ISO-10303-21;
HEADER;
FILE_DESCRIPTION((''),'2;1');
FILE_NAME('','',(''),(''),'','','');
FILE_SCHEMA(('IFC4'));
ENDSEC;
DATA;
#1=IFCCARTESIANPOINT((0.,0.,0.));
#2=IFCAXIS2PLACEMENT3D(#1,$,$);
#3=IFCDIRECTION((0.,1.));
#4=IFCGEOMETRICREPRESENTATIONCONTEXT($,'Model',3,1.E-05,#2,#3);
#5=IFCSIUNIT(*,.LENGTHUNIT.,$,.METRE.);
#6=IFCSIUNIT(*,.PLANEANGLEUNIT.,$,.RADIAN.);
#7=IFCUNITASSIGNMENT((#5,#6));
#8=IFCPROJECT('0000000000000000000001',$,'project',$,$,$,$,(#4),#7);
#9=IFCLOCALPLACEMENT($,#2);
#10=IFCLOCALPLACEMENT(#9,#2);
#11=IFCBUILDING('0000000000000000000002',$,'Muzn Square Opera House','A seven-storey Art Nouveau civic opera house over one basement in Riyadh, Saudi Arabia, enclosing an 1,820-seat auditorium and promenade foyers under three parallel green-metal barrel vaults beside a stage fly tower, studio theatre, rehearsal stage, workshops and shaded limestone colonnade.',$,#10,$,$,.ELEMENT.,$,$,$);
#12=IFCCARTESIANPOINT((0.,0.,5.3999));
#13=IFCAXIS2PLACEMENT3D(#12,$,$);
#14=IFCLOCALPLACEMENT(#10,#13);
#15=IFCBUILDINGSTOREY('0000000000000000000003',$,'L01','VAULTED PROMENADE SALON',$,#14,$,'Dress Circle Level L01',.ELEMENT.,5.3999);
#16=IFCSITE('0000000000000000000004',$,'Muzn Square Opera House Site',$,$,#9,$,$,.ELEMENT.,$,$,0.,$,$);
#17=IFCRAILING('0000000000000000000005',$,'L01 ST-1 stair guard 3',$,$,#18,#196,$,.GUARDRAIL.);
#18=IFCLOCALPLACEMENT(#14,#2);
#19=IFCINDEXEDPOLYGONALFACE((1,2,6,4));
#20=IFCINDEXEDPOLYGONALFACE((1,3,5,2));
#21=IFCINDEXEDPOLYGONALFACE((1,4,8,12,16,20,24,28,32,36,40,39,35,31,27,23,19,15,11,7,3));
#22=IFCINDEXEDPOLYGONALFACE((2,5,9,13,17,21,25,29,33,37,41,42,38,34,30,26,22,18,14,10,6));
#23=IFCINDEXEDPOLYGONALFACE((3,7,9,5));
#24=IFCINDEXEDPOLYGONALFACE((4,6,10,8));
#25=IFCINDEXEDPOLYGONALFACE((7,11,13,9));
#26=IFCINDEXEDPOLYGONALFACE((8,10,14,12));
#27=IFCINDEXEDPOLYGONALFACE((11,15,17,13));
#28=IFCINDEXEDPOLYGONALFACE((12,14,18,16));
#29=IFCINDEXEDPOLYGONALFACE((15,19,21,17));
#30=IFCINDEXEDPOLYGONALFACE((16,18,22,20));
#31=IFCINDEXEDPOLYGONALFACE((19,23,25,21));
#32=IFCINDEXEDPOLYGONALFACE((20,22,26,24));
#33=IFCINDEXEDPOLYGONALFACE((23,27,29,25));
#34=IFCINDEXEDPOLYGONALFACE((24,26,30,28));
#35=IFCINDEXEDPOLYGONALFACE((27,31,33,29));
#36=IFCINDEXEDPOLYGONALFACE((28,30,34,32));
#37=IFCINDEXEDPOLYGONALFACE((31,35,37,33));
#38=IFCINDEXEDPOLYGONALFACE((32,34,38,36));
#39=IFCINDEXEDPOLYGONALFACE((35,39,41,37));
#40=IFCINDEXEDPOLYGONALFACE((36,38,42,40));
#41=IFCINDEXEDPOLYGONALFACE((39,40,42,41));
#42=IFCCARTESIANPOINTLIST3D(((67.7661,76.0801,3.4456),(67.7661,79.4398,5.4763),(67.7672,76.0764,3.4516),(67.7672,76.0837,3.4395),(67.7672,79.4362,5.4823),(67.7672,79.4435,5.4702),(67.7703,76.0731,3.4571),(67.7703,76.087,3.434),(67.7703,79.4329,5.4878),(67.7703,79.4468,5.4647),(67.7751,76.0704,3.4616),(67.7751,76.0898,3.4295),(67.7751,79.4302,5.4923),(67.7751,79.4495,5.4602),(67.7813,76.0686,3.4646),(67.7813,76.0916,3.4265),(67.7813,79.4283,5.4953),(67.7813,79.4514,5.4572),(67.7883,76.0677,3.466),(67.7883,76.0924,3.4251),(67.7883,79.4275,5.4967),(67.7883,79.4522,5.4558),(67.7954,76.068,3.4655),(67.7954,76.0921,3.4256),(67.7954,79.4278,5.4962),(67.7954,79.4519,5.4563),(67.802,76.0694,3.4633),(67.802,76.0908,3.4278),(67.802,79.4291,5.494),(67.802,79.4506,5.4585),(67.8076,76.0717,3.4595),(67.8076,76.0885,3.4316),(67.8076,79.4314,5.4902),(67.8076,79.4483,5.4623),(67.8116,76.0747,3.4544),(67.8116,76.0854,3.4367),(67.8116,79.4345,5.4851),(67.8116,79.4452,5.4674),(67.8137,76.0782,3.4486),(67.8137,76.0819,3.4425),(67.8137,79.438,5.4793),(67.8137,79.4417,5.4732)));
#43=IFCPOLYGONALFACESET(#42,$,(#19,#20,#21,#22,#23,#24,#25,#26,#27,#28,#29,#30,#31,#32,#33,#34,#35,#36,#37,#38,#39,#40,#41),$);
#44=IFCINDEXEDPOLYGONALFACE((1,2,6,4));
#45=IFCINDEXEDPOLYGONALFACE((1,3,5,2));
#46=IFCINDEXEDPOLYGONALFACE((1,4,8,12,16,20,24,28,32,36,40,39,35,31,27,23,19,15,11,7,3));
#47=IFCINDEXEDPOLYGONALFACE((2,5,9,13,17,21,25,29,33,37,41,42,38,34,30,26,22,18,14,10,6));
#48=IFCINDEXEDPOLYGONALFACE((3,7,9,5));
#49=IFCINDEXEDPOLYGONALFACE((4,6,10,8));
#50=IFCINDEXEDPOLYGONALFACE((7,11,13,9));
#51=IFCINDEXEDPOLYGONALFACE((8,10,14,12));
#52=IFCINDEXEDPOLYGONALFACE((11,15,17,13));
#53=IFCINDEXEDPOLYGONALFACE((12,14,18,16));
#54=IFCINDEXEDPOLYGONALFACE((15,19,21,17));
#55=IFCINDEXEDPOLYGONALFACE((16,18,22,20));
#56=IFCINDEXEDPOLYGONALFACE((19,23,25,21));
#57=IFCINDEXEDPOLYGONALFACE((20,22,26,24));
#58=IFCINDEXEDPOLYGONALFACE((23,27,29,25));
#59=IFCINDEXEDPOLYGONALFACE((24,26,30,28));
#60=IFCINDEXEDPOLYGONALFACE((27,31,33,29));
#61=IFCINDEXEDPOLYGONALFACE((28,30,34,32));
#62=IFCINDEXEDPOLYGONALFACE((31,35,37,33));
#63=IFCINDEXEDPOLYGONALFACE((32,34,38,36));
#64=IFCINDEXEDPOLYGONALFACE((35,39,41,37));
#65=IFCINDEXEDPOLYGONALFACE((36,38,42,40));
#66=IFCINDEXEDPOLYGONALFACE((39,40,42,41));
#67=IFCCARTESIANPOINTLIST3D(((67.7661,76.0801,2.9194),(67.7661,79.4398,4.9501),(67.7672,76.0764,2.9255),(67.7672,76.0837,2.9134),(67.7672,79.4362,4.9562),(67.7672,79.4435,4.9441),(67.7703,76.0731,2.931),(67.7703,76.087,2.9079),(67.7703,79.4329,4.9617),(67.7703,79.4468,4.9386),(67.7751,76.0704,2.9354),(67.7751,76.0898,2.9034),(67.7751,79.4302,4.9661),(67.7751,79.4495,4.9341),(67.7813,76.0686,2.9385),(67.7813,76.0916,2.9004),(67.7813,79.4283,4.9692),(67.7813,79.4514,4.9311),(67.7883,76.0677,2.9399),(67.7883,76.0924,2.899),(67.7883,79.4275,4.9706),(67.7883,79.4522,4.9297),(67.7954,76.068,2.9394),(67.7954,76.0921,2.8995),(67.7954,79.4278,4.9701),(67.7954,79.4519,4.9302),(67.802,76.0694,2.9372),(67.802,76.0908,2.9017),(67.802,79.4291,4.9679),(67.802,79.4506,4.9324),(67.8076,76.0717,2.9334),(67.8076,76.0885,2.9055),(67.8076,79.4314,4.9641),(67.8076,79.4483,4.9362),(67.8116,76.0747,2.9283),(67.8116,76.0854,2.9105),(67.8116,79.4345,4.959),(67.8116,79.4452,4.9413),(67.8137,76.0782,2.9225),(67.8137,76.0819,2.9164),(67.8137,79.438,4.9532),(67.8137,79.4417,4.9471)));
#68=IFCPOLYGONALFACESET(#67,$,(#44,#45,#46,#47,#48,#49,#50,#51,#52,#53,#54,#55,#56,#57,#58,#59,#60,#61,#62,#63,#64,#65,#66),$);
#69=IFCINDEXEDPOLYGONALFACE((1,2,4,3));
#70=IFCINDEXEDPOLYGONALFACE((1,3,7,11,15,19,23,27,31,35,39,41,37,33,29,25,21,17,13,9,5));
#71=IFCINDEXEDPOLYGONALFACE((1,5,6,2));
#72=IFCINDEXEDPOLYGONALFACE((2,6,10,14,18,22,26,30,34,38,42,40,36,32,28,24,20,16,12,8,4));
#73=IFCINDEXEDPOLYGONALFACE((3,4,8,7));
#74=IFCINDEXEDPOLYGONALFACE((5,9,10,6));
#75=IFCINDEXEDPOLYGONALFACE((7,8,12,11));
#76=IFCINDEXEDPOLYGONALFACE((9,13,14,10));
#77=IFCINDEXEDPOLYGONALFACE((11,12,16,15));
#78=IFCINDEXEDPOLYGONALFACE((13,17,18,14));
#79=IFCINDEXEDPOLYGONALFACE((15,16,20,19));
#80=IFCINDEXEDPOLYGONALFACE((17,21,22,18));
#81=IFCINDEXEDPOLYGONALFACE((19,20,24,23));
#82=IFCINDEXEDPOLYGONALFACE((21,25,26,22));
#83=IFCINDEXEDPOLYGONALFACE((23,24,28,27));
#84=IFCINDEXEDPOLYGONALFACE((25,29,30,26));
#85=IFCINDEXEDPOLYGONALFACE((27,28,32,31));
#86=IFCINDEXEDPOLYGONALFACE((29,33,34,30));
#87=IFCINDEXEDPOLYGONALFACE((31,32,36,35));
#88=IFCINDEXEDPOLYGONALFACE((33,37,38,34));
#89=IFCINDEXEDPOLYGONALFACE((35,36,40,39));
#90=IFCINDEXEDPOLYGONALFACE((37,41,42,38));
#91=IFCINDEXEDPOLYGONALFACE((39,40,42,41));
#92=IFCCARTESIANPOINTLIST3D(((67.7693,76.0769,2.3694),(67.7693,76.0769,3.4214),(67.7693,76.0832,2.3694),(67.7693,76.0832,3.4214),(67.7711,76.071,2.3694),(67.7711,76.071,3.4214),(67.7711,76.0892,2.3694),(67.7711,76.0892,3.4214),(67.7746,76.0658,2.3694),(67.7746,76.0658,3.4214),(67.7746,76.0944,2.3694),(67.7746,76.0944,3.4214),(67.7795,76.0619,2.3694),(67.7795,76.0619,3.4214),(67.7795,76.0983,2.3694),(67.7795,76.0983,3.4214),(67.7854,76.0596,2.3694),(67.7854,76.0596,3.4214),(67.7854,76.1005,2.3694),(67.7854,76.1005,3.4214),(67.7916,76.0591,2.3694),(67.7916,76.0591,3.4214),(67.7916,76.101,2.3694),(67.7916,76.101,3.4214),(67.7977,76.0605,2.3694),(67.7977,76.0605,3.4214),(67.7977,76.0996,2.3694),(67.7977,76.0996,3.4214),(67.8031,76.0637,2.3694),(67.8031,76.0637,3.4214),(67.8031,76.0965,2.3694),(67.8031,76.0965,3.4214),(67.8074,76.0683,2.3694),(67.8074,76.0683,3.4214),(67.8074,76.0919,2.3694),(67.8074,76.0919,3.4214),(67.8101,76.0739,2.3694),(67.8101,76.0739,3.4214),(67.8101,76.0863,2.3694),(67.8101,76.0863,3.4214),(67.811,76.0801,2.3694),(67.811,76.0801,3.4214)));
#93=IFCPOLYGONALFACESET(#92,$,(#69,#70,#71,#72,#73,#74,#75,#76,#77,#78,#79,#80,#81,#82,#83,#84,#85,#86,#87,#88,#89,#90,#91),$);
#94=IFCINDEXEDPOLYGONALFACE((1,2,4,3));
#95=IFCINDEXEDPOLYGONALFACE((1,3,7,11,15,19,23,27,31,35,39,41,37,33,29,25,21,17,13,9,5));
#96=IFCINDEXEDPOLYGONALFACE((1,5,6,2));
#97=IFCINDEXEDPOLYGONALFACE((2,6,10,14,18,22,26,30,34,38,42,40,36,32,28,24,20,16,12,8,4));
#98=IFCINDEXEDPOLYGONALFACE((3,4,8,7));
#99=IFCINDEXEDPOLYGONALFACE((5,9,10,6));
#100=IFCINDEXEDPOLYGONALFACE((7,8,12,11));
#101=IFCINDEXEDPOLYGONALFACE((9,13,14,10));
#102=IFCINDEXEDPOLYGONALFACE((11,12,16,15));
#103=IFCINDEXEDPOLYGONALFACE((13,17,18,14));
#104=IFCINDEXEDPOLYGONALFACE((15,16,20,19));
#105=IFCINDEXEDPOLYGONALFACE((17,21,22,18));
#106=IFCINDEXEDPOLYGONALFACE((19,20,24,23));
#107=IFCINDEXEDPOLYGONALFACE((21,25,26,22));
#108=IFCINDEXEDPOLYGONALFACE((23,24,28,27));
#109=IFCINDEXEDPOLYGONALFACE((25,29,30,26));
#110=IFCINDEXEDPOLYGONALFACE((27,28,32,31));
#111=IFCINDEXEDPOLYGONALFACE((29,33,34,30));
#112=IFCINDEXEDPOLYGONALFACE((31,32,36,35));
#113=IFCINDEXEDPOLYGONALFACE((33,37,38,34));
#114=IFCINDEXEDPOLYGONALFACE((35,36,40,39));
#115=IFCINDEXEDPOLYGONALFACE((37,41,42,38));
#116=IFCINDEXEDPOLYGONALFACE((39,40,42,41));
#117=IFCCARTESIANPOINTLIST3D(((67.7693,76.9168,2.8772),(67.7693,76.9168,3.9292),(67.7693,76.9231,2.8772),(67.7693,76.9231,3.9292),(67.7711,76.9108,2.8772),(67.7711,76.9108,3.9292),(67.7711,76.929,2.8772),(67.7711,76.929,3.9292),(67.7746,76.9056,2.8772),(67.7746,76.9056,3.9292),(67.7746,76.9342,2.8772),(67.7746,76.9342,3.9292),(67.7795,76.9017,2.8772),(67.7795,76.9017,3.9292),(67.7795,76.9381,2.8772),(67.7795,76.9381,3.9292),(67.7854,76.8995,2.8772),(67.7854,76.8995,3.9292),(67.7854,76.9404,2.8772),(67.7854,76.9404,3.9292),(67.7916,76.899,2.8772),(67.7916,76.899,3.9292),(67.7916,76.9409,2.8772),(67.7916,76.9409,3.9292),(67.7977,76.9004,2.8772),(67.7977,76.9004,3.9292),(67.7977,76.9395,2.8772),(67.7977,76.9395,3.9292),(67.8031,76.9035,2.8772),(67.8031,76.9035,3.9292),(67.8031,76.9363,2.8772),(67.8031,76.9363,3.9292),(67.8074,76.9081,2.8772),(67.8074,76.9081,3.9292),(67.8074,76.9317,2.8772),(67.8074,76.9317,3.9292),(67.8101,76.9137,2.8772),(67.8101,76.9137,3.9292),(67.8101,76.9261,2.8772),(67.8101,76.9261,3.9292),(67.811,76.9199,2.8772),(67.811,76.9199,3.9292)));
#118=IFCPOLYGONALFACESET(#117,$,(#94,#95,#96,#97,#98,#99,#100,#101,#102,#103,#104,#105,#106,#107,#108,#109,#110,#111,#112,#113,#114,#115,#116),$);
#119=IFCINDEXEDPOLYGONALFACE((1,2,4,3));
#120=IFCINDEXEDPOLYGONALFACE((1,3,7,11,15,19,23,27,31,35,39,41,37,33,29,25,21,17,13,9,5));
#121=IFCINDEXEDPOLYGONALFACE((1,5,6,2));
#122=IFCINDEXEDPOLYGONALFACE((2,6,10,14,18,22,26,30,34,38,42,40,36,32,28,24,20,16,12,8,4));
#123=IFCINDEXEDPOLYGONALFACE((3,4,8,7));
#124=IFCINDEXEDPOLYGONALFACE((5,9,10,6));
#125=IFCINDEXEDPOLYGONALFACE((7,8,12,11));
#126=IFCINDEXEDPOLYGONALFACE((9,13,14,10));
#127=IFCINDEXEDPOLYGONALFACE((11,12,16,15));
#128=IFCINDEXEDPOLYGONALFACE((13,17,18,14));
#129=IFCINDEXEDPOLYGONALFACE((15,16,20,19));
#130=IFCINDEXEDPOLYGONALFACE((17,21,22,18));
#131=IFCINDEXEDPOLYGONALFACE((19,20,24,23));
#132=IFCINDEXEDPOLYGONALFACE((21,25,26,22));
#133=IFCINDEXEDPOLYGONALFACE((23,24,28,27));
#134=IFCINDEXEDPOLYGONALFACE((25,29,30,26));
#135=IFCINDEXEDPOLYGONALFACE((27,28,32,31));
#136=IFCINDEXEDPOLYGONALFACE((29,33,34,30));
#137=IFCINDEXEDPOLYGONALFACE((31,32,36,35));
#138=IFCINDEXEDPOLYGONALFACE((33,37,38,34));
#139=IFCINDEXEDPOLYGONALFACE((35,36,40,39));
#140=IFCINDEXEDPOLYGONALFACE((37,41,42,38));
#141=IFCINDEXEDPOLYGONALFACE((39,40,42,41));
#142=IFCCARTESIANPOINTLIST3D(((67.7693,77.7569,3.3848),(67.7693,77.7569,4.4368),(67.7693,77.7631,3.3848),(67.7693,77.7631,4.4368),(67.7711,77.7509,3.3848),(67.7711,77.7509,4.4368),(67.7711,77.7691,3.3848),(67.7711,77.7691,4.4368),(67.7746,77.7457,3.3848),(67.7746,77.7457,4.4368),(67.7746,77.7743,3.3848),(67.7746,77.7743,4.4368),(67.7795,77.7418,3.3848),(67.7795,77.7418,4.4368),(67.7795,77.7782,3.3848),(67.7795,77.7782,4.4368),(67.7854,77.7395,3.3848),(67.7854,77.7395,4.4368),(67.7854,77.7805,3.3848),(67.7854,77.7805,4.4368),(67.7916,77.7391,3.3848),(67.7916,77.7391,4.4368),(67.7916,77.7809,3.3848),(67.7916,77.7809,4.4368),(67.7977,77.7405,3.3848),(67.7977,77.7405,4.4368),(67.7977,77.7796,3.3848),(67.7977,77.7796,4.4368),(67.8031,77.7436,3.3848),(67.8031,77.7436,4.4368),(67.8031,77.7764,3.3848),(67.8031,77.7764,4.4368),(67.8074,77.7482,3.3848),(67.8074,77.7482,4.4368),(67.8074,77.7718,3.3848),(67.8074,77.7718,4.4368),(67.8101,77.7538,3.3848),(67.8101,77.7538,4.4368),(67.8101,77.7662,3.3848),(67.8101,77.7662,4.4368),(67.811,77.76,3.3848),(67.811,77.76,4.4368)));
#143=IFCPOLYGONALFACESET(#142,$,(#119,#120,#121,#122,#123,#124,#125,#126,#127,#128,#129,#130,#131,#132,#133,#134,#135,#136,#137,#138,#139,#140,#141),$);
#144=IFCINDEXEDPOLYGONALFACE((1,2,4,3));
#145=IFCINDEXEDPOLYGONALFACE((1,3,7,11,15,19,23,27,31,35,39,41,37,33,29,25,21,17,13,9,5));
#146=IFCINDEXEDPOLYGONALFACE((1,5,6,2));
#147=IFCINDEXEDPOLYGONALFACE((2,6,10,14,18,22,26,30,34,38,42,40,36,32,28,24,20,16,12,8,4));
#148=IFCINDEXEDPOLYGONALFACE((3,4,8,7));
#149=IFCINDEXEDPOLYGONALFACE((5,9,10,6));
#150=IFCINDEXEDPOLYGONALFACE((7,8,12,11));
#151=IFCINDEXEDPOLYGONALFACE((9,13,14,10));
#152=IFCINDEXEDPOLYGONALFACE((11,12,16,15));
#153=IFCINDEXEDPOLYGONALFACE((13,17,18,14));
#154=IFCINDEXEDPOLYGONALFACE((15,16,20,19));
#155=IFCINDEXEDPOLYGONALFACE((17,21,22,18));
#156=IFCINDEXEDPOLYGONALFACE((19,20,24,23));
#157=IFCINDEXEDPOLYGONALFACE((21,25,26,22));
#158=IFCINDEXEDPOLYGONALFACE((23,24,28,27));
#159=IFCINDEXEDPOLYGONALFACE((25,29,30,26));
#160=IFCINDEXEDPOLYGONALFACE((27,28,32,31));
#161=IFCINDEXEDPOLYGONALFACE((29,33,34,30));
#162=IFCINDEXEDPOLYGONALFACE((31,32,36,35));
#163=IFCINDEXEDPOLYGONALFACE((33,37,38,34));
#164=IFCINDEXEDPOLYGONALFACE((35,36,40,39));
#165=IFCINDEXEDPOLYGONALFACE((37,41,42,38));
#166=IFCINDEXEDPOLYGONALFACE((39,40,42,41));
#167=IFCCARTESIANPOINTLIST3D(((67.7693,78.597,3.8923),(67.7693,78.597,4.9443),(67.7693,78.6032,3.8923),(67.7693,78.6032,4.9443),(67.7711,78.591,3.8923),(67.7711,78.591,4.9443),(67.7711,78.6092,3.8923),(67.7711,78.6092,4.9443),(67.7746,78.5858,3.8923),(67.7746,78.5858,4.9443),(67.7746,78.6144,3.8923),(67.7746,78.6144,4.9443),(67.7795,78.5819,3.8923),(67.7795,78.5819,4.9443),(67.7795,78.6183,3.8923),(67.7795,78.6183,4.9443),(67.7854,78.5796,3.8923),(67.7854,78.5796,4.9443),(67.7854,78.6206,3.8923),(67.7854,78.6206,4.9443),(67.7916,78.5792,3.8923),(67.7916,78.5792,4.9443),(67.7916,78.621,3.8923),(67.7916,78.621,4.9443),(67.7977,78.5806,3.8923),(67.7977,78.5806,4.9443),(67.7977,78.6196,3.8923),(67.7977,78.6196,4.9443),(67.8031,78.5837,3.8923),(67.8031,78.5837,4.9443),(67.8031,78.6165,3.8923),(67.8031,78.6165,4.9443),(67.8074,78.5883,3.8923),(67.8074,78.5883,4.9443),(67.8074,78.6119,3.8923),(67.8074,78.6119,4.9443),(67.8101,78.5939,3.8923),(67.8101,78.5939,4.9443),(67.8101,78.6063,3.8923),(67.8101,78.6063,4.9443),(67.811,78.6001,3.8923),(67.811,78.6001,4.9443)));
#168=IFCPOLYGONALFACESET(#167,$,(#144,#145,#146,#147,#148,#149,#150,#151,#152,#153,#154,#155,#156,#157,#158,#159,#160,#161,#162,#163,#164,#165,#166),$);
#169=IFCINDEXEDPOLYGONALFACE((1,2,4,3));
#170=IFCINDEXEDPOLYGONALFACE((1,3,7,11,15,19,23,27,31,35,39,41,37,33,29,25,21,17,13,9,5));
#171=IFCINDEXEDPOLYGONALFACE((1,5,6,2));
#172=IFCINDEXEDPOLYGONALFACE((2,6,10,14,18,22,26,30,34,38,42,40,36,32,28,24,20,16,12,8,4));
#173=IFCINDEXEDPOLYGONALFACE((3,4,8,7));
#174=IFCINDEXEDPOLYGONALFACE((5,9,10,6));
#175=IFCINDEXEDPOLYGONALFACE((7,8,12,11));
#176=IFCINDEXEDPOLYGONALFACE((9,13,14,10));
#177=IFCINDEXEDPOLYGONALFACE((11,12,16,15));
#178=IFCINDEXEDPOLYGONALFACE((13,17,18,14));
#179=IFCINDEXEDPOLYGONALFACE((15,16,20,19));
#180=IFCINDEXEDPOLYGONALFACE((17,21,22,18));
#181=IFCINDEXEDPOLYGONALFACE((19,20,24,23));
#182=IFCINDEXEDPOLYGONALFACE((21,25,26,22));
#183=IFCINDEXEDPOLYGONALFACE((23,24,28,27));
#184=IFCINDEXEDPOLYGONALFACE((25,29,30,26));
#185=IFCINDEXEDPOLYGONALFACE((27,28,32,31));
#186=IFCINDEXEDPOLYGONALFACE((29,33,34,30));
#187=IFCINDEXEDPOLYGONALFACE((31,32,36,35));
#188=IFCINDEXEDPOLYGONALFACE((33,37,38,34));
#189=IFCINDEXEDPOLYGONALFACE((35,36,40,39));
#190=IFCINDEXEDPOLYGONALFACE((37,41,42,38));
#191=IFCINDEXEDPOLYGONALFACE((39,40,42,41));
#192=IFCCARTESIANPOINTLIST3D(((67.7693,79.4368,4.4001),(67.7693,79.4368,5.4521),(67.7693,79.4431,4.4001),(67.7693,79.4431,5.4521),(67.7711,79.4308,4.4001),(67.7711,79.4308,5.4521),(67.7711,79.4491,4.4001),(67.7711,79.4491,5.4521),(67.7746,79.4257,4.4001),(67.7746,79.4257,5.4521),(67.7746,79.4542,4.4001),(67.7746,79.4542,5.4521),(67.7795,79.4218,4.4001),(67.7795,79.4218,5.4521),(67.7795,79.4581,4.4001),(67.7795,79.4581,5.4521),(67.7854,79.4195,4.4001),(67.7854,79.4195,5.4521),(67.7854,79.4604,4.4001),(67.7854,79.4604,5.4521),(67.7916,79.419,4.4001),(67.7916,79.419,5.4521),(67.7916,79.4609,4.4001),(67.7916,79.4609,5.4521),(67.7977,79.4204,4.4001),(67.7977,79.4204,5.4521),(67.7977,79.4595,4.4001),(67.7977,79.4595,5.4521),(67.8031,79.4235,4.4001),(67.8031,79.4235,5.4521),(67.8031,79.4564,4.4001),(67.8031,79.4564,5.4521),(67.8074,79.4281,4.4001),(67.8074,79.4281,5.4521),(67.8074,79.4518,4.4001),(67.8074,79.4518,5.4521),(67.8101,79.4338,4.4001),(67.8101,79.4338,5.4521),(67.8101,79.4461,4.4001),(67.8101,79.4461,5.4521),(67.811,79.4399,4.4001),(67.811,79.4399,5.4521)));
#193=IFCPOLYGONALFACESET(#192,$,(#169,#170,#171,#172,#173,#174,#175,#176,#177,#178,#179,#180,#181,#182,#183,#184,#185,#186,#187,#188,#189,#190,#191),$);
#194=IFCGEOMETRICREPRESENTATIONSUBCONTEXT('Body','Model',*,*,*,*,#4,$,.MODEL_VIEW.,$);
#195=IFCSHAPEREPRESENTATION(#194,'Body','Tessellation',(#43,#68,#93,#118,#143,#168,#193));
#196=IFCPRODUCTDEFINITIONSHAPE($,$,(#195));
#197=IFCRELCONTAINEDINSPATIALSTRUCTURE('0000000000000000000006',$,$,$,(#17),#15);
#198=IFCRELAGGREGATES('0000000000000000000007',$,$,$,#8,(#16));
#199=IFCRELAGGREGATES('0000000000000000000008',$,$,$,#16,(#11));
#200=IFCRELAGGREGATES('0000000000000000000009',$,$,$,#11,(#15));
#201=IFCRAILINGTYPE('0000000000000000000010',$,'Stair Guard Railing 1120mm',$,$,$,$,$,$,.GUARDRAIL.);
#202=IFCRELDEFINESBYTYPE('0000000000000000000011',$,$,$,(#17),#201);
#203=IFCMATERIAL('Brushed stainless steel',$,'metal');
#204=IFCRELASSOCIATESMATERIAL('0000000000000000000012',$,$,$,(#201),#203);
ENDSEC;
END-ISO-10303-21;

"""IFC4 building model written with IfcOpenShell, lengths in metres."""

from ifc_helpers import new_model, si_unit, direction, frame, origin, origin_2d, place, context, subcontext, project, spatial, circle, extrude, material, type_object, element, save


model = new_model("IFC4")

# Units and contexts
model_context = context("Model", 3, precision=1e-05, world=origin(), true_north=direction((0.0, 1.0)))
body_context = subcontext(model_context, "Body", "Model", "MODEL_VIEW")
ifc_project = project(units=[si_unit("LENGTHUNIT", "METRE"), si_unit("PLANEANGLEUNIT", "RADIAN")], contexts=[model_context])

# Site, building, storey
site_placement = place(None, origin())
site = spatial("IfcSite", under=ifc_project, at=site_placement, Name="Muzn Square Opera House Site", CompositionType="ELEMENT", RefElevation=0.0)
building_placement = place(site_placement, origin())
building = spatial("IfcBuilding", under=site, at=building_placement, Name="Muzn Square Opera House", Description="A seven-storey Art Nouveau civic opera house over one basement in Riyadh, Saudi Arabia, enclosing an 1,820-seat auditorium and promenade foyers under three parallel green-metal barrel vaults beside a stage fly tower, studio theatre, rehearsal stage, workshops and shaded limestone colonnade.", CompositionType="ELEMENT")
storey_placement = place(building_placement, frame((0.0, 0.0, 5.3999)))
storey = spatial("IfcBuildingStorey", under=building, at=storey_placement, Name="L01", Description="VAULTED PROMENADE SALON", LongName="Dress Circle Level L01", CompositionType="ELEMENT", Elevation=5.3999)

# Shared definitions
ifc_material_1 = material(Name="Brushed stainless steel", Category="metal")

# Railing
railing_type_1 = type_object("IfcRailingType", Name="Stair Guard Railing 1120mm", PredefinedType="GUARDRAIL", material=ifc_material_1)
railing_1_placement = place(storey_placement, frame((67.79, 76.0801, 2.3694)))
element("IfcRailing", 1, at=railing_1_placement, inside=storey, type_object=railing_type_1, Name="L01 ST-1 stair guard 3", PredefinedType="GUARDRAIL", context=body_context, shape_type="SweptSolid", body=[
    extrude(circle(Radius=0.0239, at=origin_2d()), frame((0.0, 0.0, 1.0762), z_axis=(0.0, 0.85582, 0.517273), x_axis=(-1.0, 0.0, 0.0)), (0.0, 0.0, 1.0), 3.9258),
    extrude(circle(Radius=0.0239, at=origin_2d()), frame((0.0, 0.0, 0.55), z_axis=(0.0, 0.85582, 0.517273), x_axis=(-1.0, 0.0, 0.0)), (0.0, 0.0, 1.0), 3.9258),
    extrude(circle(Radius=0.021, at=origin_2d()), origin(), (0.0, 0.0, 1.0), 1.052),
    extrude(circle(Radius=0.021, at=origin_2d()), frame((0.0, 0.8398, 0.5078)), (0.0, 0.0, 1.0), 1.052),
    extrude(circle(Radius=0.021, at=origin_2d()), frame((0.0, 1.6799, 1.0154)), (0.0, 0.0, 1.0), 1.052),
    extrude(circle(Radius=0.021, at=origin_2d()), frame((0.0, 2.52, 1.5229)), (0.0, 0.0, 1.0), 1.052),
    extrude(circle(Radius=0.021, at=origin_2d()), frame((0.0, 3.3599, 2.0308)), (0.0, 0.0, 1.0), 1.052),
])

save(model, "model.ifc")
